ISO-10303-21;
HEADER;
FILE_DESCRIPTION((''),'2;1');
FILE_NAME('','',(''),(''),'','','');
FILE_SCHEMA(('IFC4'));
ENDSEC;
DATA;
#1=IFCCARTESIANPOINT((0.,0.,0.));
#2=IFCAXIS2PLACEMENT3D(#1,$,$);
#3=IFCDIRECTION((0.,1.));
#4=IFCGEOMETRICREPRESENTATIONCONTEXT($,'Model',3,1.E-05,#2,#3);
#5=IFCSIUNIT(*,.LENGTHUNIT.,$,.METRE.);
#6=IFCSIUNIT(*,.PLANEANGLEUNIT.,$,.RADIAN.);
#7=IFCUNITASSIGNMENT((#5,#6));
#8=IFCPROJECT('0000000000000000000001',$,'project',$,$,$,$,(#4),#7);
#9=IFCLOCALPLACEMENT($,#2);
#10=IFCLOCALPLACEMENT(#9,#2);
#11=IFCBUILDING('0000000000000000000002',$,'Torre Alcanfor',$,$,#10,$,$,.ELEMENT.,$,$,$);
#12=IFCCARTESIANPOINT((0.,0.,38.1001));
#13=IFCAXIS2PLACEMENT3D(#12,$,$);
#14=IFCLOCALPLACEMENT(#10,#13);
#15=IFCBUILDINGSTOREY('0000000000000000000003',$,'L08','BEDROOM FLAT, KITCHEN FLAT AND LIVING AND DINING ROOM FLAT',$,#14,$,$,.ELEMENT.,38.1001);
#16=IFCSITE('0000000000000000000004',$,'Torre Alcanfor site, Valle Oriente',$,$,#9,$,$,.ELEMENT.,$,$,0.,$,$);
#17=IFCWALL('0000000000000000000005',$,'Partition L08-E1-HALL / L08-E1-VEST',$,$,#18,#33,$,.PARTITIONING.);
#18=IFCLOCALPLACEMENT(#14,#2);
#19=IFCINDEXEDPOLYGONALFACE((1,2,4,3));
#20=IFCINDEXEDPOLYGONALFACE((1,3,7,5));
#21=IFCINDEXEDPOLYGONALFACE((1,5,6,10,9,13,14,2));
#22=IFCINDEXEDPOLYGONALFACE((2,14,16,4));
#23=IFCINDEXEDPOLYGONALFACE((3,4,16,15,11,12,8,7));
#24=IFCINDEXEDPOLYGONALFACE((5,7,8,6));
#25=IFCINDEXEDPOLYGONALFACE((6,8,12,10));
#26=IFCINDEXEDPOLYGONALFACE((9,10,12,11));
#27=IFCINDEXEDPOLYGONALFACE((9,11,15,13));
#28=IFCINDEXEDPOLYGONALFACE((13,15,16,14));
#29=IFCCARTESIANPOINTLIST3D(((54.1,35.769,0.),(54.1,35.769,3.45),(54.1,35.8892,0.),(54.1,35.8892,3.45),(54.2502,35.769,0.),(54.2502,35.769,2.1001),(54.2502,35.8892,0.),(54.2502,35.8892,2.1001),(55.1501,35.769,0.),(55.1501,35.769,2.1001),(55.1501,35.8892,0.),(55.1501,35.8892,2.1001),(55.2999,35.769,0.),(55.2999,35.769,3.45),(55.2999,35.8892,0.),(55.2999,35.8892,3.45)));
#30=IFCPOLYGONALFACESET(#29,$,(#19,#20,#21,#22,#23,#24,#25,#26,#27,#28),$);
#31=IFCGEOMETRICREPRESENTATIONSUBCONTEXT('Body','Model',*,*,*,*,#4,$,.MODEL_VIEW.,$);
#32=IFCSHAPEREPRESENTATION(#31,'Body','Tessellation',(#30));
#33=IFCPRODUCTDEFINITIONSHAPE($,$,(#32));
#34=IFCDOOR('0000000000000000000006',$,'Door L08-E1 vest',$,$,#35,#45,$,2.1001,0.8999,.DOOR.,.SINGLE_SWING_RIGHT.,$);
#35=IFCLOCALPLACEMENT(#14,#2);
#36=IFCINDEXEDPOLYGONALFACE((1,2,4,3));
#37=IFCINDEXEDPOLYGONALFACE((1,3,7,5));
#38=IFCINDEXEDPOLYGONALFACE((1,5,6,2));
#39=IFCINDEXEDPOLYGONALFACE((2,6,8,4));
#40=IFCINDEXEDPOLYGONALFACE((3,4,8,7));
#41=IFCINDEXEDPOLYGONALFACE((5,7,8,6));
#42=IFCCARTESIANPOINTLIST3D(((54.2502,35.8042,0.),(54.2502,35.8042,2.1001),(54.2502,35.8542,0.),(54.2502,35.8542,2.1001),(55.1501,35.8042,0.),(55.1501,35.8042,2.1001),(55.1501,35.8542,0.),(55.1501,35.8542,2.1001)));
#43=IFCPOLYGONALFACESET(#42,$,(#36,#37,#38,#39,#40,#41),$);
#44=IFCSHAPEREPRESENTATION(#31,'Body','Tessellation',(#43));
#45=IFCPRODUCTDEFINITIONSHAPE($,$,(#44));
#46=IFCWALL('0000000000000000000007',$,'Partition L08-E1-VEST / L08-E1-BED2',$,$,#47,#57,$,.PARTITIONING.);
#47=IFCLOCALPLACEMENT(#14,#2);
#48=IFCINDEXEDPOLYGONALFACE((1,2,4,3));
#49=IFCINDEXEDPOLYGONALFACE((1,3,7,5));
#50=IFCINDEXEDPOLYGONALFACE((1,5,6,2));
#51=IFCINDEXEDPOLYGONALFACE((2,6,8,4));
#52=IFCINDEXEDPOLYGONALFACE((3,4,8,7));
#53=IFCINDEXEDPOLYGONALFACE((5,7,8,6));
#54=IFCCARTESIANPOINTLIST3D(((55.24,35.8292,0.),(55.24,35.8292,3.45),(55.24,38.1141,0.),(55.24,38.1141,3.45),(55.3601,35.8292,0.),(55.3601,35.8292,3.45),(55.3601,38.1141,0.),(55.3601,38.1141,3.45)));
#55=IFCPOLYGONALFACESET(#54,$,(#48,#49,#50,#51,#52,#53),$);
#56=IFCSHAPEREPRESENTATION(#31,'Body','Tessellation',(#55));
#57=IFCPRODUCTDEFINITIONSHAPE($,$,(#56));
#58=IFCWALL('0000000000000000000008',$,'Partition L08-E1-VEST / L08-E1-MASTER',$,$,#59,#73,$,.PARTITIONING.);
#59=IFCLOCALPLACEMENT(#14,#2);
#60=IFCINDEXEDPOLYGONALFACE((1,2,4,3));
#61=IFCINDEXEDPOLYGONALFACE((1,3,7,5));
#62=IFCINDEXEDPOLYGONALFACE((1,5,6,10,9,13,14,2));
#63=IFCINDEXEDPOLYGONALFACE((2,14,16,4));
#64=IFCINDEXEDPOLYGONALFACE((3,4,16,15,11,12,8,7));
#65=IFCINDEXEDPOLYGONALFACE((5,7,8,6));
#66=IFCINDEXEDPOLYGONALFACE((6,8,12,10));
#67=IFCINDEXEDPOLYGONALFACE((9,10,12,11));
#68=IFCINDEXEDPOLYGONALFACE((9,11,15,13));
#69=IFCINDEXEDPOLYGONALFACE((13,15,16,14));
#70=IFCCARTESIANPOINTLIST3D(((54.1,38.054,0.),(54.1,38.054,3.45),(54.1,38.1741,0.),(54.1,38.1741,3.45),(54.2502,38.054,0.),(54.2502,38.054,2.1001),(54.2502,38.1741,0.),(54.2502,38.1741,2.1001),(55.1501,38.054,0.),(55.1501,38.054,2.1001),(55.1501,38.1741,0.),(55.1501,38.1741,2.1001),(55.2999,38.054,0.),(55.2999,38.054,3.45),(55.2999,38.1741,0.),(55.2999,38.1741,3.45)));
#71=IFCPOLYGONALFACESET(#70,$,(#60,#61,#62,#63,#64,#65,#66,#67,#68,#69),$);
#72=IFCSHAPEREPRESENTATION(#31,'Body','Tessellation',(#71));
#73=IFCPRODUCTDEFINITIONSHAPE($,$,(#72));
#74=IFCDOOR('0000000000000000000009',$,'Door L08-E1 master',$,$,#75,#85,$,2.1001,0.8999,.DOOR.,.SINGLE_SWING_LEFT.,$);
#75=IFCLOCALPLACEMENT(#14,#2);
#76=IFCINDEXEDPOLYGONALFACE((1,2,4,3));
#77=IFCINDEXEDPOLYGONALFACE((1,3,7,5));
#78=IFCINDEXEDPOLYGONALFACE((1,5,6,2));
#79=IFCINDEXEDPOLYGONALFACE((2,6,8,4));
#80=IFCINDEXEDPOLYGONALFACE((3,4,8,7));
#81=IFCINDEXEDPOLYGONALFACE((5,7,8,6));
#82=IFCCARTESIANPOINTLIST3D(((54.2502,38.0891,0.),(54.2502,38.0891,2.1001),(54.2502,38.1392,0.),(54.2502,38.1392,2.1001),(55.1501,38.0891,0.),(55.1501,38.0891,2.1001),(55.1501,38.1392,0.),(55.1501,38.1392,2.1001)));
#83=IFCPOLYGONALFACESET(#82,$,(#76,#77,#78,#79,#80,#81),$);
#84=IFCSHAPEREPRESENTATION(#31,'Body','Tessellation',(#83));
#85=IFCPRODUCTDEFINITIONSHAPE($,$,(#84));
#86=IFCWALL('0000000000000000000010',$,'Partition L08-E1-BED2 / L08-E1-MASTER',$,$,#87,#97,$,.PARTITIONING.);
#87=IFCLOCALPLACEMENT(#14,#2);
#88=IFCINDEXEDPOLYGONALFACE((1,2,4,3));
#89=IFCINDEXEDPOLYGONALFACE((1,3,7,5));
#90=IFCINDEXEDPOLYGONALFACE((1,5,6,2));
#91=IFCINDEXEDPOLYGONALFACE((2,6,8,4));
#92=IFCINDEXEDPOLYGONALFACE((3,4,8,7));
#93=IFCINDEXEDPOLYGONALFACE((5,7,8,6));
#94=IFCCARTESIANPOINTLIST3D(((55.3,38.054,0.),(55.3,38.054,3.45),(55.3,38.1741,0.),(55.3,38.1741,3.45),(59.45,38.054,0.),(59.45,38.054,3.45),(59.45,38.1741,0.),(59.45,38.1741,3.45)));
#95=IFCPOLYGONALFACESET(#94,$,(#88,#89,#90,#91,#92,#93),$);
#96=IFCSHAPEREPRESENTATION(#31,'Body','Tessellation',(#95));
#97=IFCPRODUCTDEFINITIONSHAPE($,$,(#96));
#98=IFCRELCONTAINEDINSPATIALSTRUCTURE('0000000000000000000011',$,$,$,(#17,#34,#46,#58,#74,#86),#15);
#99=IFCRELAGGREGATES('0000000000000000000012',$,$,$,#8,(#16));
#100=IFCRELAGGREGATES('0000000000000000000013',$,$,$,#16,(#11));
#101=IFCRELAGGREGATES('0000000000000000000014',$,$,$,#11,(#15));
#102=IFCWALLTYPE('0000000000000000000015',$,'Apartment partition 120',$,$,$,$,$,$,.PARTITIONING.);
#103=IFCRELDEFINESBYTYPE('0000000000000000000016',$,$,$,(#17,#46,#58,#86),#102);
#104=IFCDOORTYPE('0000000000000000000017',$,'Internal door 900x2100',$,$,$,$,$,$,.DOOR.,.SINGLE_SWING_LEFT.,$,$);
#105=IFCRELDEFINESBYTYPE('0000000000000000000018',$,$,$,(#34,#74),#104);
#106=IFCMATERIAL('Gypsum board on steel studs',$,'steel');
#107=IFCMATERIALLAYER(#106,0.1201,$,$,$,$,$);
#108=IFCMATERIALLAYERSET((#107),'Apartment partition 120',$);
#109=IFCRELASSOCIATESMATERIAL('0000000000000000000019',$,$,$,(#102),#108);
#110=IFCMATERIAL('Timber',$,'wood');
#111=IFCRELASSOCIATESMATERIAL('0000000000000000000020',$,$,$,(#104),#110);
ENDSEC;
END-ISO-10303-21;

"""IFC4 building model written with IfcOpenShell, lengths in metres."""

from ifc_helpers import new_model, si_unit, direction, frame, frame_2d, origin, place, context, subcontext, project, spatial, rectangle, extrude, material, layer, layer_set, type_object, element, fill, save


model = new_model("IFC4")

# Units and contexts
model_context = context("Model", 3, precision=1e-05, world=origin(), true_north=direction((0.0, 1.0)))
body_context = subcontext(model_context, "Body", "Model", "MODEL_VIEW")
ifc_project = project(units=[si_unit("LENGTHUNIT", "METRE"), si_unit("PLANEANGLEUNIT", "RADIAN")], contexts=[model_context])

# Site, building, storey
site_placement = place(None, origin())
site = spatial("IfcSite", under=ifc_project, at=site_placement, Name="Torre Alcanfor site, Valle Oriente", CompositionType="ELEMENT", RefElevation=0.0)
building_placement = place(site_placement, origin())
building = spatial("IfcBuilding", under=site, at=building_placement, Name="Torre Alcanfor", CompositionType="ELEMENT")
storey_placement = place(building_placement, frame((0.0, 0.0, 38.1001)))
storey = spatial("IfcBuildingStorey", under=building, at=storey_placement, Name="L08", Description="BEDROOM FLAT, KITCHEN FLAT AND LIVING AND DINING ROOM FLAT", CompositionType="ELEMENT", Elevation=38.1001)

# Shared definitions
ifc_material_1 = material(Name="Gypsum board on steel studs", Category="steel")
ifc_layer_1 = layer(ifc_material_1, 0.1201)
ifc_layer_set_1 = layer_set([ifc_layer_1], Name="Apartment partition 120")
wall_type = type_object("IfcWallType", Name="Apartment partition 120", PredefinedType="PARTITIONING", material=ifc_layer_set_1)

# Wall, opening, door
wall_1_placement = place(storey_placement, frame((55.3, 35.8291, 0.0), z_axis=(0.0, 0.0, 1.0), x_axis=(-1.0, 0.0, 0.0)))
wall_1 = element("IfcWall", 1, at=wall_1_placement, inside=storey, type_object=wall_type, Name="Partition L08-E1-HALL / L08-E1-VEST", PredefinedType="PARTITIONING", context=body_context, shape_type="SweptSolid", body=[
    extrude(rectangle(XDim=1.2, YDim=0.1201, at=frame_2d((0.6001, 0.0))), origin(), (0.0, 0.0, 1.0), 3.45),
])
opening_1_placement = place(wall_1_placement, frame((0.1499, 0.0, 0.0)))
opening_1 = element("IfcOpeningElement", 2, at=opening_1_placement, cuts=wall_1, PredefinedType="OPENING", context=body_context, shape_type="SweptSolid", body=[
    extrude(rectangle(XDim=0.8999, YDim=2.1001, at=frame_2d((0.45, 1.05))), frame((0.0, 0.0701, 0.0), z_axis=(0.0, -1.0, 0.0), x_axis=(1.0, 0.0, 0.0)), (0.0, 0.0, 1.0), 0.1401),
])
ifc_material_2 = material(Name="Timber", Category="wood")
door_type = type_object("IfcDoorType", Name="Internal door 900x2100", OperationType="SINGLE_SWING_LEFT", PredefinedType="DOOR", material=ifc_material_2)
door_1_placement = place(opening_1_placement, frame((0.8999, 0.0, 0.0), z_axis=(0.0, 0.0, 1.0), x_axis=(-1.0, 0.0, 0.0)))
door_1 = element("IfcDoor", 3, at=door_1_placement, inside=storey, type_object=door_type, Name="Door L08-E1 vest", OperationType="SINGLE_SWING_RIGHT", OverallHeight=2.1001, OverallWidth=0.8999, PredefinedType="DOOR", context=body_context, shape_type="SweptSolid", body=[
    extrude(rectangle(XDim=0.8999, YDim=2.1001, at=frame_2d((0.45, 1.05))), frame((0.0, 0.0251, 0.0), z_axis=(0.0, -1.0, 0.0), x_axis=(1.0, 0.0, 0.0)), (0.0, 0.0, 1.0), 0.05),
])
fill(opening_1, door_1)

# Wall
wall_2_placement = place(storey_placement, frame((55.3, 35.8291, 0.0), z_axis=(0.0, 0.0, 1.0), x_axis=(0.0, 1.0, 0.0)))
element("IfcWall", 4, at=wall_2_placement, inside=storey, type_object=wall_type, Name="Partition L08-E1-VEST / L08-E1-BED2", PredefinedType="PARTITIONING", context=body_context, shape_type="SweptSolid", body=[
    extrude(rectangle(XDim=2.2849, YDim=0.1201, at=frame_2d((1.1426, 0.0))), origin(), (0.0, 0.0, 1.0), 3.45),
])

# Wall, opening, door
wall_3_placement = place(storey_placement, frame((55.3, 38.114, 0.0), z_axis=(0.0, 0.0, 1.0), x_axis=(-1.0, 0.0, 0.0)))
wall_3 = element("IfcWall", 5, at=wall_3_placement, inside=storey, type_object=wall_type, Name="Partition L08-E1-VEST / L08-E1-MASTER", PredefinedType="PARTITIONING", context=body_context, shape_type="SweptSolid", body=[
    extrude(rectangle(XDim=1.2, YDim=0.1201, at=frame_2d((0.6001, 0.0))), origin(), (0.0, 0.0, 1.0), 3.45),
])
opening_2_placement = place(wall_3_placement, frame((0.1499, 0.0, 0.0)))
opening_2 = element("IfcOpeningElement", 6, at=opening_2_placement, cuts=wall_3, PredefinedType="OPENING", context=body_context, shape_type="SweptSolid", body=[
    extrude(rectangle(XDim=0.8999, YDim=2.1001, at=frame_2d((0.45, 1.05))), frame((0.0, 0.0701, 0.0), z_axis=(0.0, -1.0, 0.0), x_axis=(1.0, 0.0, 0.0)), (0.0, 0.0, 1.0), 0.1401),
])
door_2_placement = place(opening_2_placement, origin())
door_2 = element("IfcDoor", 7, at=door_2_placement, inside=storey, type_object=door_type, Name="Door L08-E1 master", OperationType="SINGLE_SWING_LEFT", OverallHeight=2.1001, OverallWidth=0.8999, PredefinedType="DOOR", context=body_context, shape_type="SweptSolid", body=[
    extrude(rectangle(XDim=0.8999, YDim=2.1001, at=frame_2d((0.45, 1.05))), frame((0.0, 0.0249, 0.0), z_axis=(0.0, -1.0, 0.0), x_axis=(1.0, 0.0, 0.0)), (0.0, 0.0, 1.0), 0.05),
])
fill(opening_2, door_2)

# Wall
wall_4_placement = place(storey_placement, frame((59.45, 38.114, 0.0), z_axis=(0.0, 0.0, 1.0), x_axis=(-1.0, 0.0, 0.0)))
element("IfcWall", 8, at=wall_4_placement, inside=storey, type_object=wall_type, Name="Partition L08-E1-BED2 / L08-E1-MASTER", PredefinedType="PARTITIONING", context=body_context, shape_type="SweptSolid", body=[
    extrude(rectangle(XDim=4.1499, YDim=0.1201, at=frame_2d((2.075, 0.0))), origin(), (0.0, 0.0, 1.0), 3.45),
])

save(model, "model.ifc")
